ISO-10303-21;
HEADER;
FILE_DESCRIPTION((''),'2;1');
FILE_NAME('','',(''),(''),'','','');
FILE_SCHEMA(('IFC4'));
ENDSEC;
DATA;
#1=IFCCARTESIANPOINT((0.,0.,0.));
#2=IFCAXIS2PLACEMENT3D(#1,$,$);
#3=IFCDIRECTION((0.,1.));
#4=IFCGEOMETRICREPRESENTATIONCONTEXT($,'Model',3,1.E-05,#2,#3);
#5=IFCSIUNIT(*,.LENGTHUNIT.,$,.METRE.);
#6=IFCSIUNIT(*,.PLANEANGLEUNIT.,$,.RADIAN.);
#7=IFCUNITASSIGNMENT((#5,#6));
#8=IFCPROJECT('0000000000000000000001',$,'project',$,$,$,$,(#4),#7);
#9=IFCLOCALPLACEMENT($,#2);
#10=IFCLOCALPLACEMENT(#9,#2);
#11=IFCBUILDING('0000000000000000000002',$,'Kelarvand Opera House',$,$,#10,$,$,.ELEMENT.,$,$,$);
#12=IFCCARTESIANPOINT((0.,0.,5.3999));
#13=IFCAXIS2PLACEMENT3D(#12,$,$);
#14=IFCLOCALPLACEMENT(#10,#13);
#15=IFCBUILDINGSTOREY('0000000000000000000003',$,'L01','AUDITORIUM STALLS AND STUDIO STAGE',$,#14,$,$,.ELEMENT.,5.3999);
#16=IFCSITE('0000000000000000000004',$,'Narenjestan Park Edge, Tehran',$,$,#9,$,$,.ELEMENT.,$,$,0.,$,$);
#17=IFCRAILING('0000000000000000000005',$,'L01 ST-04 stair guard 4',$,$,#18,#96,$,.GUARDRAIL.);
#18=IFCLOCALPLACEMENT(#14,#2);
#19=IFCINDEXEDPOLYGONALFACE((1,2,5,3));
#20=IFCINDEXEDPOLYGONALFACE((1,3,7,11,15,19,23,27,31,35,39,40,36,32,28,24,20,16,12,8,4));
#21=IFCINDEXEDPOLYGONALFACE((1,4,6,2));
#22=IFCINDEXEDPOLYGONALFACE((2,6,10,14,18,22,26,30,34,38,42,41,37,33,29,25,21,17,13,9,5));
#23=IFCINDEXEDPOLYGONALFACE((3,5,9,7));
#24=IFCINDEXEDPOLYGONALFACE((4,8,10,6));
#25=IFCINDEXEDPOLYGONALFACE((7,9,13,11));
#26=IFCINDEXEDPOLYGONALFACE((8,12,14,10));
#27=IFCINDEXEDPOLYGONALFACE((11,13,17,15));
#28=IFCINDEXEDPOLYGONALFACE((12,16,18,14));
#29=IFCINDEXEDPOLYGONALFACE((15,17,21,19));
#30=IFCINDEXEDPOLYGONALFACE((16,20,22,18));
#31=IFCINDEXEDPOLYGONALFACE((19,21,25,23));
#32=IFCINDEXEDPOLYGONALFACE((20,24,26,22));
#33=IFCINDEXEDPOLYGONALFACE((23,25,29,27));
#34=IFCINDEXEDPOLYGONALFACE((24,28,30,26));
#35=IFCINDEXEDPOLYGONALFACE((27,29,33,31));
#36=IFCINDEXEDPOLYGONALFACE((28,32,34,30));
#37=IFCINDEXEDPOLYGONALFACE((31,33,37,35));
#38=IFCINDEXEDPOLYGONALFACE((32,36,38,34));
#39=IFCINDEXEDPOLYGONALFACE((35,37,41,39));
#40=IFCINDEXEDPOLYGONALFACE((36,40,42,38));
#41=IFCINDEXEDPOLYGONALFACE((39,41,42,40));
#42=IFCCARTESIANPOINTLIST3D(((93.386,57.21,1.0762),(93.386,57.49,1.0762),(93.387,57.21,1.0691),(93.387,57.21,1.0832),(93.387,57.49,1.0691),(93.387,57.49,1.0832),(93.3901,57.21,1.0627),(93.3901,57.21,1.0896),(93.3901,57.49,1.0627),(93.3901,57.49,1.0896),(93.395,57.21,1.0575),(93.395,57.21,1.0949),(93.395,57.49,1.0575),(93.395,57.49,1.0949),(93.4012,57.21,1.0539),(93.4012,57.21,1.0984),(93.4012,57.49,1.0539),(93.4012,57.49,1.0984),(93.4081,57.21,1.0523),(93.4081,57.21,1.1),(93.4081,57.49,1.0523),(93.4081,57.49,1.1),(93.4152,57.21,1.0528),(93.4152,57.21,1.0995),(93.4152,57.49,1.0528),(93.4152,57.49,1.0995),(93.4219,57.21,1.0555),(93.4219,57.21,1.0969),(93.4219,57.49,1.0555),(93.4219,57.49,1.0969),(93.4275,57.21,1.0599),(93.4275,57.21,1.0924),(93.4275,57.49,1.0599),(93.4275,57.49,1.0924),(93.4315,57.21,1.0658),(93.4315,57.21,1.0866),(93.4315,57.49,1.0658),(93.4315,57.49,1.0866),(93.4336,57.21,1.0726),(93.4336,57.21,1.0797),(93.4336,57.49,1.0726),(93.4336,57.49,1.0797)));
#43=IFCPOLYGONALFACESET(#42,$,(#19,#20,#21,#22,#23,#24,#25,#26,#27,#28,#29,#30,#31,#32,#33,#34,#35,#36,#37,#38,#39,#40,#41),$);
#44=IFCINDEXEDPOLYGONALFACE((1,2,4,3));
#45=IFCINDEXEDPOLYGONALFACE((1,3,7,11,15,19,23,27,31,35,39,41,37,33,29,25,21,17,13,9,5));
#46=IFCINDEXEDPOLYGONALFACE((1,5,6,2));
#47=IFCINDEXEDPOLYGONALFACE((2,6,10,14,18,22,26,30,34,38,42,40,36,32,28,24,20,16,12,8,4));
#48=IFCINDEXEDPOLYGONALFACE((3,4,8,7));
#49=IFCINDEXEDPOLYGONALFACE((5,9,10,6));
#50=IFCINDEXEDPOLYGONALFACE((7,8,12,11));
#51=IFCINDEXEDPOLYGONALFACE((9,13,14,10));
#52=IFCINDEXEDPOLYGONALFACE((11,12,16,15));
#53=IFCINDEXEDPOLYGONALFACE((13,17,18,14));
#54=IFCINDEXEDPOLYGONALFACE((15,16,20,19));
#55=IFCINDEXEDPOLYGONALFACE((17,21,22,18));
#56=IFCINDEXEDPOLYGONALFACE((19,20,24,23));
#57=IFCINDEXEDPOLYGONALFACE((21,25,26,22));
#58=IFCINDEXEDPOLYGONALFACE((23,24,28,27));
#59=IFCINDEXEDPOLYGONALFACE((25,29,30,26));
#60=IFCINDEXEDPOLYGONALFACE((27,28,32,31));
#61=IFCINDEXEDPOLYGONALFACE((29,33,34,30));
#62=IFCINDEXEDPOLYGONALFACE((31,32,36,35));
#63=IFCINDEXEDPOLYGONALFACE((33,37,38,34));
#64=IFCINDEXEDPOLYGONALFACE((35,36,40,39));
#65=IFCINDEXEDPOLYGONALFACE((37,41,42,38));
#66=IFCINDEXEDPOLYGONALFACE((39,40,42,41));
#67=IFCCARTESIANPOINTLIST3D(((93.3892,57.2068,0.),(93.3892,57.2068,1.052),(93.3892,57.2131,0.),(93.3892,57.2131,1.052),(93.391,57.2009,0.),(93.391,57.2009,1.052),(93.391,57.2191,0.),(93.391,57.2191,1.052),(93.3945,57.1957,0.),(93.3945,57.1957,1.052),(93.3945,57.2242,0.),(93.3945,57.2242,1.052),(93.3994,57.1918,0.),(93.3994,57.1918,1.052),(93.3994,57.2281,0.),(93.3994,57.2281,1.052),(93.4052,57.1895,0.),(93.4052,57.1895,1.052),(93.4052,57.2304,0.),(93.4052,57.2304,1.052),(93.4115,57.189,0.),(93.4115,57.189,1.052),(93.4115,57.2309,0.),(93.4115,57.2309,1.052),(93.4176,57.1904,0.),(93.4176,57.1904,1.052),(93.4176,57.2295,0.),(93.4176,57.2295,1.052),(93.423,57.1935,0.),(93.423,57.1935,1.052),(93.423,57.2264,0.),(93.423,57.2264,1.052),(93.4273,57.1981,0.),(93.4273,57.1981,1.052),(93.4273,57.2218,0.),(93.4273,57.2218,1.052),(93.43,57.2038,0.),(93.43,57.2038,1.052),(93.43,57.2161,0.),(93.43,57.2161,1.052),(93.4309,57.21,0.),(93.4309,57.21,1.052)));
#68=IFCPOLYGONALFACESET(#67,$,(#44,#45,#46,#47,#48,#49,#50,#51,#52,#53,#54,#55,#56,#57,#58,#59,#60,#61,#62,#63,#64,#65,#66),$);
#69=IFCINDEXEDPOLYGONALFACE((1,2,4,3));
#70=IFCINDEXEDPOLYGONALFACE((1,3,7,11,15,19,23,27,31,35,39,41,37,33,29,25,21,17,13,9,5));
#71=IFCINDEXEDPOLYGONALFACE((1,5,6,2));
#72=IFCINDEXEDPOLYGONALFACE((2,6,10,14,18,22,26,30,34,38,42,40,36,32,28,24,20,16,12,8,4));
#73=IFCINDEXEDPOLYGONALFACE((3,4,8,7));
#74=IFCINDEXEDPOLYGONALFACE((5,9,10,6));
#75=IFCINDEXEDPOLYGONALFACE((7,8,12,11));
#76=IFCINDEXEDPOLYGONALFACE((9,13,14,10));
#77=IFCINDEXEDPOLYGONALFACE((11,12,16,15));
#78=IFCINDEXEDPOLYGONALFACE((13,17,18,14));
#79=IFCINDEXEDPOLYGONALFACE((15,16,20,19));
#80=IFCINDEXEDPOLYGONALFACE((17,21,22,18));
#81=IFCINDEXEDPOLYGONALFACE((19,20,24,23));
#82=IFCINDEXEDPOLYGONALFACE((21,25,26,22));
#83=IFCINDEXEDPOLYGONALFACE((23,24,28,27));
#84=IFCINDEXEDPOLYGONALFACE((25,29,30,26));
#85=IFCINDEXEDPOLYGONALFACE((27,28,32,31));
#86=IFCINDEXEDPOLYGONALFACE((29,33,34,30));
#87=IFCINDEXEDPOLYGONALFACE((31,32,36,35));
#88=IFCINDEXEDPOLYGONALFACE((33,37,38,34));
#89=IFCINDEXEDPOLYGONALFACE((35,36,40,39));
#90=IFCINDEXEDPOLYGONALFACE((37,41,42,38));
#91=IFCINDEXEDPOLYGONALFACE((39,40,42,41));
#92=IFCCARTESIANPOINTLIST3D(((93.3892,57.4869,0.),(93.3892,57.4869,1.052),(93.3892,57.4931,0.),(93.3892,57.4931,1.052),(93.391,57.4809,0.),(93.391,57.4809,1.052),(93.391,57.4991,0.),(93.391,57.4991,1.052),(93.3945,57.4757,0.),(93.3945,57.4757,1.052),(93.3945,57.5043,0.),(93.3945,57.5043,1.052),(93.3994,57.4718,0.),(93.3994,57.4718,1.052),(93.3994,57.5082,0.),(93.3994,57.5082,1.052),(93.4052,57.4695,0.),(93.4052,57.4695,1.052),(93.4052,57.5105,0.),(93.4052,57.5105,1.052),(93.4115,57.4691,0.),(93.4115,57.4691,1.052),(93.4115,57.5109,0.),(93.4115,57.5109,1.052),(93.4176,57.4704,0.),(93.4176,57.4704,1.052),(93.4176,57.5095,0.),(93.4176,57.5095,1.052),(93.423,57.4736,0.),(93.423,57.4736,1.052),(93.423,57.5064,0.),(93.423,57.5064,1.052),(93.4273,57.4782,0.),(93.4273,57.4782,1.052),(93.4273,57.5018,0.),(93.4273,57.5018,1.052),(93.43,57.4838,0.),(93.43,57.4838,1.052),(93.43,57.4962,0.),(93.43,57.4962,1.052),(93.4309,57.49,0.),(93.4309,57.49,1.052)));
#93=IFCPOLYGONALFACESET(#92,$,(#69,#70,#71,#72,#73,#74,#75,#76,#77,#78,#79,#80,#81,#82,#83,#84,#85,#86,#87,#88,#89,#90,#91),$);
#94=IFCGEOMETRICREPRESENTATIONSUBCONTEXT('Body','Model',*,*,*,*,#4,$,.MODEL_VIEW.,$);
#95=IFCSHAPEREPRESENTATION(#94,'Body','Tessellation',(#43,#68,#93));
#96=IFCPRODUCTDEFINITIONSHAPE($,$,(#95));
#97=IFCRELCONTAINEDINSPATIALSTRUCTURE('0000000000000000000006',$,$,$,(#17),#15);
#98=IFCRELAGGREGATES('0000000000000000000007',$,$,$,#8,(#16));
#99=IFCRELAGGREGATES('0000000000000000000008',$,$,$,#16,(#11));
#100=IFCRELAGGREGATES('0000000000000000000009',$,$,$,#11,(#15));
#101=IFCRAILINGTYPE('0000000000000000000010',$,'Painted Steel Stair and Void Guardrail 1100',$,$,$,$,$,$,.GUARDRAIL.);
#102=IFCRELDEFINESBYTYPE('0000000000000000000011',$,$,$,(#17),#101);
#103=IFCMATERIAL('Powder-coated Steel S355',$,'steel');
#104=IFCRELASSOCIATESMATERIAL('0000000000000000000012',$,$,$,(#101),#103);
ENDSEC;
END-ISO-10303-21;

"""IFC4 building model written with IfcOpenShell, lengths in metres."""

from ifc_helpers import new_model, si_unit, direction, frame, origin, origin_2d, place, context, subcontext, project, spatial, circle, extrude, material, type_object, element, save


model = new_model("IFC4")

# Units and contexts
model_context = context("Model", 3, precision=1e-05, world=origin(), true_north=direction((0.0, 1.0)))
body_context = subcontext(model_context, "Body", "Model", "MODEL_VIEW")
ifc_project = project(units=[si_unit("LENGTHUNIT", "METRE"), si_unit("PLANEANGLEUNIT", "RADIAN")], contexts=[model_context])

# Site, building, storey
site_placement = place(None, origin())
site = spatial("IfcSite", under=ifc_project, at=site_placement, Name="Narenjestan Park Edge, Tehran", CompositionType="ELEMENT", RefElevation=0.0)
building_placement = place(site_placement, origin())
building = spatial("IfcBuilding", under=site, at=building_placement, Name="Kelarvand Opera House", CompositionType="ELEMENT")
storey_placement = place(building_placement, frame((0.0, 0.0, 5.3999)))
storey = spatial("IfcBuildingStorey", under=building, at=storey_placement, Name="L01", Description="AUDITORIUM STALLS AND STUDIO STAGE", CompositionType="ELEMENT", Elevation=5.3999)

# Railing
ifc_material_1 = material(Name="Powder-coated Steel S355", Category="steel")
railing_type_1 = type_object("IfcRailingType", Name="Painted Steel Stair and Void Guardrail 1100", PredefinedType="GUARDRAIL", material=ifc_material_1)
railing_1_placement = place(storey_placement, frame((93.4099, 57.21, 0.0)))
element("IfcRailing", 1, at=railing_1_placement, inside=storey, type_object=railing_type_1, Name="L01 ST-04 stair guard 4", PredefinedType="GUARDRAIL", context=body_context, shape_type="SweptSolid", body=[
    extrude(circle(Radius=0.0239, at=origin_2d()), frame((0.0, 0.0, 1.0762), z_axis=(0.0, 1.0, 0.0), x_axis=(-1.0, 0.0, 0.0)), (0.0, 0.0, 1.0), 0.28),
    extrude(circle(Radius=0.021, at=origin_2d()), origin(), (0.0, 0.0, 1.0), 1.052),
    extrude(circle(Radius=0.021, at=origin_2d()), frame((0.0, 0.28, 0.0)), (0.0, 0.0, 1.0), 1.052),
])

save(model, "model.ifc")
